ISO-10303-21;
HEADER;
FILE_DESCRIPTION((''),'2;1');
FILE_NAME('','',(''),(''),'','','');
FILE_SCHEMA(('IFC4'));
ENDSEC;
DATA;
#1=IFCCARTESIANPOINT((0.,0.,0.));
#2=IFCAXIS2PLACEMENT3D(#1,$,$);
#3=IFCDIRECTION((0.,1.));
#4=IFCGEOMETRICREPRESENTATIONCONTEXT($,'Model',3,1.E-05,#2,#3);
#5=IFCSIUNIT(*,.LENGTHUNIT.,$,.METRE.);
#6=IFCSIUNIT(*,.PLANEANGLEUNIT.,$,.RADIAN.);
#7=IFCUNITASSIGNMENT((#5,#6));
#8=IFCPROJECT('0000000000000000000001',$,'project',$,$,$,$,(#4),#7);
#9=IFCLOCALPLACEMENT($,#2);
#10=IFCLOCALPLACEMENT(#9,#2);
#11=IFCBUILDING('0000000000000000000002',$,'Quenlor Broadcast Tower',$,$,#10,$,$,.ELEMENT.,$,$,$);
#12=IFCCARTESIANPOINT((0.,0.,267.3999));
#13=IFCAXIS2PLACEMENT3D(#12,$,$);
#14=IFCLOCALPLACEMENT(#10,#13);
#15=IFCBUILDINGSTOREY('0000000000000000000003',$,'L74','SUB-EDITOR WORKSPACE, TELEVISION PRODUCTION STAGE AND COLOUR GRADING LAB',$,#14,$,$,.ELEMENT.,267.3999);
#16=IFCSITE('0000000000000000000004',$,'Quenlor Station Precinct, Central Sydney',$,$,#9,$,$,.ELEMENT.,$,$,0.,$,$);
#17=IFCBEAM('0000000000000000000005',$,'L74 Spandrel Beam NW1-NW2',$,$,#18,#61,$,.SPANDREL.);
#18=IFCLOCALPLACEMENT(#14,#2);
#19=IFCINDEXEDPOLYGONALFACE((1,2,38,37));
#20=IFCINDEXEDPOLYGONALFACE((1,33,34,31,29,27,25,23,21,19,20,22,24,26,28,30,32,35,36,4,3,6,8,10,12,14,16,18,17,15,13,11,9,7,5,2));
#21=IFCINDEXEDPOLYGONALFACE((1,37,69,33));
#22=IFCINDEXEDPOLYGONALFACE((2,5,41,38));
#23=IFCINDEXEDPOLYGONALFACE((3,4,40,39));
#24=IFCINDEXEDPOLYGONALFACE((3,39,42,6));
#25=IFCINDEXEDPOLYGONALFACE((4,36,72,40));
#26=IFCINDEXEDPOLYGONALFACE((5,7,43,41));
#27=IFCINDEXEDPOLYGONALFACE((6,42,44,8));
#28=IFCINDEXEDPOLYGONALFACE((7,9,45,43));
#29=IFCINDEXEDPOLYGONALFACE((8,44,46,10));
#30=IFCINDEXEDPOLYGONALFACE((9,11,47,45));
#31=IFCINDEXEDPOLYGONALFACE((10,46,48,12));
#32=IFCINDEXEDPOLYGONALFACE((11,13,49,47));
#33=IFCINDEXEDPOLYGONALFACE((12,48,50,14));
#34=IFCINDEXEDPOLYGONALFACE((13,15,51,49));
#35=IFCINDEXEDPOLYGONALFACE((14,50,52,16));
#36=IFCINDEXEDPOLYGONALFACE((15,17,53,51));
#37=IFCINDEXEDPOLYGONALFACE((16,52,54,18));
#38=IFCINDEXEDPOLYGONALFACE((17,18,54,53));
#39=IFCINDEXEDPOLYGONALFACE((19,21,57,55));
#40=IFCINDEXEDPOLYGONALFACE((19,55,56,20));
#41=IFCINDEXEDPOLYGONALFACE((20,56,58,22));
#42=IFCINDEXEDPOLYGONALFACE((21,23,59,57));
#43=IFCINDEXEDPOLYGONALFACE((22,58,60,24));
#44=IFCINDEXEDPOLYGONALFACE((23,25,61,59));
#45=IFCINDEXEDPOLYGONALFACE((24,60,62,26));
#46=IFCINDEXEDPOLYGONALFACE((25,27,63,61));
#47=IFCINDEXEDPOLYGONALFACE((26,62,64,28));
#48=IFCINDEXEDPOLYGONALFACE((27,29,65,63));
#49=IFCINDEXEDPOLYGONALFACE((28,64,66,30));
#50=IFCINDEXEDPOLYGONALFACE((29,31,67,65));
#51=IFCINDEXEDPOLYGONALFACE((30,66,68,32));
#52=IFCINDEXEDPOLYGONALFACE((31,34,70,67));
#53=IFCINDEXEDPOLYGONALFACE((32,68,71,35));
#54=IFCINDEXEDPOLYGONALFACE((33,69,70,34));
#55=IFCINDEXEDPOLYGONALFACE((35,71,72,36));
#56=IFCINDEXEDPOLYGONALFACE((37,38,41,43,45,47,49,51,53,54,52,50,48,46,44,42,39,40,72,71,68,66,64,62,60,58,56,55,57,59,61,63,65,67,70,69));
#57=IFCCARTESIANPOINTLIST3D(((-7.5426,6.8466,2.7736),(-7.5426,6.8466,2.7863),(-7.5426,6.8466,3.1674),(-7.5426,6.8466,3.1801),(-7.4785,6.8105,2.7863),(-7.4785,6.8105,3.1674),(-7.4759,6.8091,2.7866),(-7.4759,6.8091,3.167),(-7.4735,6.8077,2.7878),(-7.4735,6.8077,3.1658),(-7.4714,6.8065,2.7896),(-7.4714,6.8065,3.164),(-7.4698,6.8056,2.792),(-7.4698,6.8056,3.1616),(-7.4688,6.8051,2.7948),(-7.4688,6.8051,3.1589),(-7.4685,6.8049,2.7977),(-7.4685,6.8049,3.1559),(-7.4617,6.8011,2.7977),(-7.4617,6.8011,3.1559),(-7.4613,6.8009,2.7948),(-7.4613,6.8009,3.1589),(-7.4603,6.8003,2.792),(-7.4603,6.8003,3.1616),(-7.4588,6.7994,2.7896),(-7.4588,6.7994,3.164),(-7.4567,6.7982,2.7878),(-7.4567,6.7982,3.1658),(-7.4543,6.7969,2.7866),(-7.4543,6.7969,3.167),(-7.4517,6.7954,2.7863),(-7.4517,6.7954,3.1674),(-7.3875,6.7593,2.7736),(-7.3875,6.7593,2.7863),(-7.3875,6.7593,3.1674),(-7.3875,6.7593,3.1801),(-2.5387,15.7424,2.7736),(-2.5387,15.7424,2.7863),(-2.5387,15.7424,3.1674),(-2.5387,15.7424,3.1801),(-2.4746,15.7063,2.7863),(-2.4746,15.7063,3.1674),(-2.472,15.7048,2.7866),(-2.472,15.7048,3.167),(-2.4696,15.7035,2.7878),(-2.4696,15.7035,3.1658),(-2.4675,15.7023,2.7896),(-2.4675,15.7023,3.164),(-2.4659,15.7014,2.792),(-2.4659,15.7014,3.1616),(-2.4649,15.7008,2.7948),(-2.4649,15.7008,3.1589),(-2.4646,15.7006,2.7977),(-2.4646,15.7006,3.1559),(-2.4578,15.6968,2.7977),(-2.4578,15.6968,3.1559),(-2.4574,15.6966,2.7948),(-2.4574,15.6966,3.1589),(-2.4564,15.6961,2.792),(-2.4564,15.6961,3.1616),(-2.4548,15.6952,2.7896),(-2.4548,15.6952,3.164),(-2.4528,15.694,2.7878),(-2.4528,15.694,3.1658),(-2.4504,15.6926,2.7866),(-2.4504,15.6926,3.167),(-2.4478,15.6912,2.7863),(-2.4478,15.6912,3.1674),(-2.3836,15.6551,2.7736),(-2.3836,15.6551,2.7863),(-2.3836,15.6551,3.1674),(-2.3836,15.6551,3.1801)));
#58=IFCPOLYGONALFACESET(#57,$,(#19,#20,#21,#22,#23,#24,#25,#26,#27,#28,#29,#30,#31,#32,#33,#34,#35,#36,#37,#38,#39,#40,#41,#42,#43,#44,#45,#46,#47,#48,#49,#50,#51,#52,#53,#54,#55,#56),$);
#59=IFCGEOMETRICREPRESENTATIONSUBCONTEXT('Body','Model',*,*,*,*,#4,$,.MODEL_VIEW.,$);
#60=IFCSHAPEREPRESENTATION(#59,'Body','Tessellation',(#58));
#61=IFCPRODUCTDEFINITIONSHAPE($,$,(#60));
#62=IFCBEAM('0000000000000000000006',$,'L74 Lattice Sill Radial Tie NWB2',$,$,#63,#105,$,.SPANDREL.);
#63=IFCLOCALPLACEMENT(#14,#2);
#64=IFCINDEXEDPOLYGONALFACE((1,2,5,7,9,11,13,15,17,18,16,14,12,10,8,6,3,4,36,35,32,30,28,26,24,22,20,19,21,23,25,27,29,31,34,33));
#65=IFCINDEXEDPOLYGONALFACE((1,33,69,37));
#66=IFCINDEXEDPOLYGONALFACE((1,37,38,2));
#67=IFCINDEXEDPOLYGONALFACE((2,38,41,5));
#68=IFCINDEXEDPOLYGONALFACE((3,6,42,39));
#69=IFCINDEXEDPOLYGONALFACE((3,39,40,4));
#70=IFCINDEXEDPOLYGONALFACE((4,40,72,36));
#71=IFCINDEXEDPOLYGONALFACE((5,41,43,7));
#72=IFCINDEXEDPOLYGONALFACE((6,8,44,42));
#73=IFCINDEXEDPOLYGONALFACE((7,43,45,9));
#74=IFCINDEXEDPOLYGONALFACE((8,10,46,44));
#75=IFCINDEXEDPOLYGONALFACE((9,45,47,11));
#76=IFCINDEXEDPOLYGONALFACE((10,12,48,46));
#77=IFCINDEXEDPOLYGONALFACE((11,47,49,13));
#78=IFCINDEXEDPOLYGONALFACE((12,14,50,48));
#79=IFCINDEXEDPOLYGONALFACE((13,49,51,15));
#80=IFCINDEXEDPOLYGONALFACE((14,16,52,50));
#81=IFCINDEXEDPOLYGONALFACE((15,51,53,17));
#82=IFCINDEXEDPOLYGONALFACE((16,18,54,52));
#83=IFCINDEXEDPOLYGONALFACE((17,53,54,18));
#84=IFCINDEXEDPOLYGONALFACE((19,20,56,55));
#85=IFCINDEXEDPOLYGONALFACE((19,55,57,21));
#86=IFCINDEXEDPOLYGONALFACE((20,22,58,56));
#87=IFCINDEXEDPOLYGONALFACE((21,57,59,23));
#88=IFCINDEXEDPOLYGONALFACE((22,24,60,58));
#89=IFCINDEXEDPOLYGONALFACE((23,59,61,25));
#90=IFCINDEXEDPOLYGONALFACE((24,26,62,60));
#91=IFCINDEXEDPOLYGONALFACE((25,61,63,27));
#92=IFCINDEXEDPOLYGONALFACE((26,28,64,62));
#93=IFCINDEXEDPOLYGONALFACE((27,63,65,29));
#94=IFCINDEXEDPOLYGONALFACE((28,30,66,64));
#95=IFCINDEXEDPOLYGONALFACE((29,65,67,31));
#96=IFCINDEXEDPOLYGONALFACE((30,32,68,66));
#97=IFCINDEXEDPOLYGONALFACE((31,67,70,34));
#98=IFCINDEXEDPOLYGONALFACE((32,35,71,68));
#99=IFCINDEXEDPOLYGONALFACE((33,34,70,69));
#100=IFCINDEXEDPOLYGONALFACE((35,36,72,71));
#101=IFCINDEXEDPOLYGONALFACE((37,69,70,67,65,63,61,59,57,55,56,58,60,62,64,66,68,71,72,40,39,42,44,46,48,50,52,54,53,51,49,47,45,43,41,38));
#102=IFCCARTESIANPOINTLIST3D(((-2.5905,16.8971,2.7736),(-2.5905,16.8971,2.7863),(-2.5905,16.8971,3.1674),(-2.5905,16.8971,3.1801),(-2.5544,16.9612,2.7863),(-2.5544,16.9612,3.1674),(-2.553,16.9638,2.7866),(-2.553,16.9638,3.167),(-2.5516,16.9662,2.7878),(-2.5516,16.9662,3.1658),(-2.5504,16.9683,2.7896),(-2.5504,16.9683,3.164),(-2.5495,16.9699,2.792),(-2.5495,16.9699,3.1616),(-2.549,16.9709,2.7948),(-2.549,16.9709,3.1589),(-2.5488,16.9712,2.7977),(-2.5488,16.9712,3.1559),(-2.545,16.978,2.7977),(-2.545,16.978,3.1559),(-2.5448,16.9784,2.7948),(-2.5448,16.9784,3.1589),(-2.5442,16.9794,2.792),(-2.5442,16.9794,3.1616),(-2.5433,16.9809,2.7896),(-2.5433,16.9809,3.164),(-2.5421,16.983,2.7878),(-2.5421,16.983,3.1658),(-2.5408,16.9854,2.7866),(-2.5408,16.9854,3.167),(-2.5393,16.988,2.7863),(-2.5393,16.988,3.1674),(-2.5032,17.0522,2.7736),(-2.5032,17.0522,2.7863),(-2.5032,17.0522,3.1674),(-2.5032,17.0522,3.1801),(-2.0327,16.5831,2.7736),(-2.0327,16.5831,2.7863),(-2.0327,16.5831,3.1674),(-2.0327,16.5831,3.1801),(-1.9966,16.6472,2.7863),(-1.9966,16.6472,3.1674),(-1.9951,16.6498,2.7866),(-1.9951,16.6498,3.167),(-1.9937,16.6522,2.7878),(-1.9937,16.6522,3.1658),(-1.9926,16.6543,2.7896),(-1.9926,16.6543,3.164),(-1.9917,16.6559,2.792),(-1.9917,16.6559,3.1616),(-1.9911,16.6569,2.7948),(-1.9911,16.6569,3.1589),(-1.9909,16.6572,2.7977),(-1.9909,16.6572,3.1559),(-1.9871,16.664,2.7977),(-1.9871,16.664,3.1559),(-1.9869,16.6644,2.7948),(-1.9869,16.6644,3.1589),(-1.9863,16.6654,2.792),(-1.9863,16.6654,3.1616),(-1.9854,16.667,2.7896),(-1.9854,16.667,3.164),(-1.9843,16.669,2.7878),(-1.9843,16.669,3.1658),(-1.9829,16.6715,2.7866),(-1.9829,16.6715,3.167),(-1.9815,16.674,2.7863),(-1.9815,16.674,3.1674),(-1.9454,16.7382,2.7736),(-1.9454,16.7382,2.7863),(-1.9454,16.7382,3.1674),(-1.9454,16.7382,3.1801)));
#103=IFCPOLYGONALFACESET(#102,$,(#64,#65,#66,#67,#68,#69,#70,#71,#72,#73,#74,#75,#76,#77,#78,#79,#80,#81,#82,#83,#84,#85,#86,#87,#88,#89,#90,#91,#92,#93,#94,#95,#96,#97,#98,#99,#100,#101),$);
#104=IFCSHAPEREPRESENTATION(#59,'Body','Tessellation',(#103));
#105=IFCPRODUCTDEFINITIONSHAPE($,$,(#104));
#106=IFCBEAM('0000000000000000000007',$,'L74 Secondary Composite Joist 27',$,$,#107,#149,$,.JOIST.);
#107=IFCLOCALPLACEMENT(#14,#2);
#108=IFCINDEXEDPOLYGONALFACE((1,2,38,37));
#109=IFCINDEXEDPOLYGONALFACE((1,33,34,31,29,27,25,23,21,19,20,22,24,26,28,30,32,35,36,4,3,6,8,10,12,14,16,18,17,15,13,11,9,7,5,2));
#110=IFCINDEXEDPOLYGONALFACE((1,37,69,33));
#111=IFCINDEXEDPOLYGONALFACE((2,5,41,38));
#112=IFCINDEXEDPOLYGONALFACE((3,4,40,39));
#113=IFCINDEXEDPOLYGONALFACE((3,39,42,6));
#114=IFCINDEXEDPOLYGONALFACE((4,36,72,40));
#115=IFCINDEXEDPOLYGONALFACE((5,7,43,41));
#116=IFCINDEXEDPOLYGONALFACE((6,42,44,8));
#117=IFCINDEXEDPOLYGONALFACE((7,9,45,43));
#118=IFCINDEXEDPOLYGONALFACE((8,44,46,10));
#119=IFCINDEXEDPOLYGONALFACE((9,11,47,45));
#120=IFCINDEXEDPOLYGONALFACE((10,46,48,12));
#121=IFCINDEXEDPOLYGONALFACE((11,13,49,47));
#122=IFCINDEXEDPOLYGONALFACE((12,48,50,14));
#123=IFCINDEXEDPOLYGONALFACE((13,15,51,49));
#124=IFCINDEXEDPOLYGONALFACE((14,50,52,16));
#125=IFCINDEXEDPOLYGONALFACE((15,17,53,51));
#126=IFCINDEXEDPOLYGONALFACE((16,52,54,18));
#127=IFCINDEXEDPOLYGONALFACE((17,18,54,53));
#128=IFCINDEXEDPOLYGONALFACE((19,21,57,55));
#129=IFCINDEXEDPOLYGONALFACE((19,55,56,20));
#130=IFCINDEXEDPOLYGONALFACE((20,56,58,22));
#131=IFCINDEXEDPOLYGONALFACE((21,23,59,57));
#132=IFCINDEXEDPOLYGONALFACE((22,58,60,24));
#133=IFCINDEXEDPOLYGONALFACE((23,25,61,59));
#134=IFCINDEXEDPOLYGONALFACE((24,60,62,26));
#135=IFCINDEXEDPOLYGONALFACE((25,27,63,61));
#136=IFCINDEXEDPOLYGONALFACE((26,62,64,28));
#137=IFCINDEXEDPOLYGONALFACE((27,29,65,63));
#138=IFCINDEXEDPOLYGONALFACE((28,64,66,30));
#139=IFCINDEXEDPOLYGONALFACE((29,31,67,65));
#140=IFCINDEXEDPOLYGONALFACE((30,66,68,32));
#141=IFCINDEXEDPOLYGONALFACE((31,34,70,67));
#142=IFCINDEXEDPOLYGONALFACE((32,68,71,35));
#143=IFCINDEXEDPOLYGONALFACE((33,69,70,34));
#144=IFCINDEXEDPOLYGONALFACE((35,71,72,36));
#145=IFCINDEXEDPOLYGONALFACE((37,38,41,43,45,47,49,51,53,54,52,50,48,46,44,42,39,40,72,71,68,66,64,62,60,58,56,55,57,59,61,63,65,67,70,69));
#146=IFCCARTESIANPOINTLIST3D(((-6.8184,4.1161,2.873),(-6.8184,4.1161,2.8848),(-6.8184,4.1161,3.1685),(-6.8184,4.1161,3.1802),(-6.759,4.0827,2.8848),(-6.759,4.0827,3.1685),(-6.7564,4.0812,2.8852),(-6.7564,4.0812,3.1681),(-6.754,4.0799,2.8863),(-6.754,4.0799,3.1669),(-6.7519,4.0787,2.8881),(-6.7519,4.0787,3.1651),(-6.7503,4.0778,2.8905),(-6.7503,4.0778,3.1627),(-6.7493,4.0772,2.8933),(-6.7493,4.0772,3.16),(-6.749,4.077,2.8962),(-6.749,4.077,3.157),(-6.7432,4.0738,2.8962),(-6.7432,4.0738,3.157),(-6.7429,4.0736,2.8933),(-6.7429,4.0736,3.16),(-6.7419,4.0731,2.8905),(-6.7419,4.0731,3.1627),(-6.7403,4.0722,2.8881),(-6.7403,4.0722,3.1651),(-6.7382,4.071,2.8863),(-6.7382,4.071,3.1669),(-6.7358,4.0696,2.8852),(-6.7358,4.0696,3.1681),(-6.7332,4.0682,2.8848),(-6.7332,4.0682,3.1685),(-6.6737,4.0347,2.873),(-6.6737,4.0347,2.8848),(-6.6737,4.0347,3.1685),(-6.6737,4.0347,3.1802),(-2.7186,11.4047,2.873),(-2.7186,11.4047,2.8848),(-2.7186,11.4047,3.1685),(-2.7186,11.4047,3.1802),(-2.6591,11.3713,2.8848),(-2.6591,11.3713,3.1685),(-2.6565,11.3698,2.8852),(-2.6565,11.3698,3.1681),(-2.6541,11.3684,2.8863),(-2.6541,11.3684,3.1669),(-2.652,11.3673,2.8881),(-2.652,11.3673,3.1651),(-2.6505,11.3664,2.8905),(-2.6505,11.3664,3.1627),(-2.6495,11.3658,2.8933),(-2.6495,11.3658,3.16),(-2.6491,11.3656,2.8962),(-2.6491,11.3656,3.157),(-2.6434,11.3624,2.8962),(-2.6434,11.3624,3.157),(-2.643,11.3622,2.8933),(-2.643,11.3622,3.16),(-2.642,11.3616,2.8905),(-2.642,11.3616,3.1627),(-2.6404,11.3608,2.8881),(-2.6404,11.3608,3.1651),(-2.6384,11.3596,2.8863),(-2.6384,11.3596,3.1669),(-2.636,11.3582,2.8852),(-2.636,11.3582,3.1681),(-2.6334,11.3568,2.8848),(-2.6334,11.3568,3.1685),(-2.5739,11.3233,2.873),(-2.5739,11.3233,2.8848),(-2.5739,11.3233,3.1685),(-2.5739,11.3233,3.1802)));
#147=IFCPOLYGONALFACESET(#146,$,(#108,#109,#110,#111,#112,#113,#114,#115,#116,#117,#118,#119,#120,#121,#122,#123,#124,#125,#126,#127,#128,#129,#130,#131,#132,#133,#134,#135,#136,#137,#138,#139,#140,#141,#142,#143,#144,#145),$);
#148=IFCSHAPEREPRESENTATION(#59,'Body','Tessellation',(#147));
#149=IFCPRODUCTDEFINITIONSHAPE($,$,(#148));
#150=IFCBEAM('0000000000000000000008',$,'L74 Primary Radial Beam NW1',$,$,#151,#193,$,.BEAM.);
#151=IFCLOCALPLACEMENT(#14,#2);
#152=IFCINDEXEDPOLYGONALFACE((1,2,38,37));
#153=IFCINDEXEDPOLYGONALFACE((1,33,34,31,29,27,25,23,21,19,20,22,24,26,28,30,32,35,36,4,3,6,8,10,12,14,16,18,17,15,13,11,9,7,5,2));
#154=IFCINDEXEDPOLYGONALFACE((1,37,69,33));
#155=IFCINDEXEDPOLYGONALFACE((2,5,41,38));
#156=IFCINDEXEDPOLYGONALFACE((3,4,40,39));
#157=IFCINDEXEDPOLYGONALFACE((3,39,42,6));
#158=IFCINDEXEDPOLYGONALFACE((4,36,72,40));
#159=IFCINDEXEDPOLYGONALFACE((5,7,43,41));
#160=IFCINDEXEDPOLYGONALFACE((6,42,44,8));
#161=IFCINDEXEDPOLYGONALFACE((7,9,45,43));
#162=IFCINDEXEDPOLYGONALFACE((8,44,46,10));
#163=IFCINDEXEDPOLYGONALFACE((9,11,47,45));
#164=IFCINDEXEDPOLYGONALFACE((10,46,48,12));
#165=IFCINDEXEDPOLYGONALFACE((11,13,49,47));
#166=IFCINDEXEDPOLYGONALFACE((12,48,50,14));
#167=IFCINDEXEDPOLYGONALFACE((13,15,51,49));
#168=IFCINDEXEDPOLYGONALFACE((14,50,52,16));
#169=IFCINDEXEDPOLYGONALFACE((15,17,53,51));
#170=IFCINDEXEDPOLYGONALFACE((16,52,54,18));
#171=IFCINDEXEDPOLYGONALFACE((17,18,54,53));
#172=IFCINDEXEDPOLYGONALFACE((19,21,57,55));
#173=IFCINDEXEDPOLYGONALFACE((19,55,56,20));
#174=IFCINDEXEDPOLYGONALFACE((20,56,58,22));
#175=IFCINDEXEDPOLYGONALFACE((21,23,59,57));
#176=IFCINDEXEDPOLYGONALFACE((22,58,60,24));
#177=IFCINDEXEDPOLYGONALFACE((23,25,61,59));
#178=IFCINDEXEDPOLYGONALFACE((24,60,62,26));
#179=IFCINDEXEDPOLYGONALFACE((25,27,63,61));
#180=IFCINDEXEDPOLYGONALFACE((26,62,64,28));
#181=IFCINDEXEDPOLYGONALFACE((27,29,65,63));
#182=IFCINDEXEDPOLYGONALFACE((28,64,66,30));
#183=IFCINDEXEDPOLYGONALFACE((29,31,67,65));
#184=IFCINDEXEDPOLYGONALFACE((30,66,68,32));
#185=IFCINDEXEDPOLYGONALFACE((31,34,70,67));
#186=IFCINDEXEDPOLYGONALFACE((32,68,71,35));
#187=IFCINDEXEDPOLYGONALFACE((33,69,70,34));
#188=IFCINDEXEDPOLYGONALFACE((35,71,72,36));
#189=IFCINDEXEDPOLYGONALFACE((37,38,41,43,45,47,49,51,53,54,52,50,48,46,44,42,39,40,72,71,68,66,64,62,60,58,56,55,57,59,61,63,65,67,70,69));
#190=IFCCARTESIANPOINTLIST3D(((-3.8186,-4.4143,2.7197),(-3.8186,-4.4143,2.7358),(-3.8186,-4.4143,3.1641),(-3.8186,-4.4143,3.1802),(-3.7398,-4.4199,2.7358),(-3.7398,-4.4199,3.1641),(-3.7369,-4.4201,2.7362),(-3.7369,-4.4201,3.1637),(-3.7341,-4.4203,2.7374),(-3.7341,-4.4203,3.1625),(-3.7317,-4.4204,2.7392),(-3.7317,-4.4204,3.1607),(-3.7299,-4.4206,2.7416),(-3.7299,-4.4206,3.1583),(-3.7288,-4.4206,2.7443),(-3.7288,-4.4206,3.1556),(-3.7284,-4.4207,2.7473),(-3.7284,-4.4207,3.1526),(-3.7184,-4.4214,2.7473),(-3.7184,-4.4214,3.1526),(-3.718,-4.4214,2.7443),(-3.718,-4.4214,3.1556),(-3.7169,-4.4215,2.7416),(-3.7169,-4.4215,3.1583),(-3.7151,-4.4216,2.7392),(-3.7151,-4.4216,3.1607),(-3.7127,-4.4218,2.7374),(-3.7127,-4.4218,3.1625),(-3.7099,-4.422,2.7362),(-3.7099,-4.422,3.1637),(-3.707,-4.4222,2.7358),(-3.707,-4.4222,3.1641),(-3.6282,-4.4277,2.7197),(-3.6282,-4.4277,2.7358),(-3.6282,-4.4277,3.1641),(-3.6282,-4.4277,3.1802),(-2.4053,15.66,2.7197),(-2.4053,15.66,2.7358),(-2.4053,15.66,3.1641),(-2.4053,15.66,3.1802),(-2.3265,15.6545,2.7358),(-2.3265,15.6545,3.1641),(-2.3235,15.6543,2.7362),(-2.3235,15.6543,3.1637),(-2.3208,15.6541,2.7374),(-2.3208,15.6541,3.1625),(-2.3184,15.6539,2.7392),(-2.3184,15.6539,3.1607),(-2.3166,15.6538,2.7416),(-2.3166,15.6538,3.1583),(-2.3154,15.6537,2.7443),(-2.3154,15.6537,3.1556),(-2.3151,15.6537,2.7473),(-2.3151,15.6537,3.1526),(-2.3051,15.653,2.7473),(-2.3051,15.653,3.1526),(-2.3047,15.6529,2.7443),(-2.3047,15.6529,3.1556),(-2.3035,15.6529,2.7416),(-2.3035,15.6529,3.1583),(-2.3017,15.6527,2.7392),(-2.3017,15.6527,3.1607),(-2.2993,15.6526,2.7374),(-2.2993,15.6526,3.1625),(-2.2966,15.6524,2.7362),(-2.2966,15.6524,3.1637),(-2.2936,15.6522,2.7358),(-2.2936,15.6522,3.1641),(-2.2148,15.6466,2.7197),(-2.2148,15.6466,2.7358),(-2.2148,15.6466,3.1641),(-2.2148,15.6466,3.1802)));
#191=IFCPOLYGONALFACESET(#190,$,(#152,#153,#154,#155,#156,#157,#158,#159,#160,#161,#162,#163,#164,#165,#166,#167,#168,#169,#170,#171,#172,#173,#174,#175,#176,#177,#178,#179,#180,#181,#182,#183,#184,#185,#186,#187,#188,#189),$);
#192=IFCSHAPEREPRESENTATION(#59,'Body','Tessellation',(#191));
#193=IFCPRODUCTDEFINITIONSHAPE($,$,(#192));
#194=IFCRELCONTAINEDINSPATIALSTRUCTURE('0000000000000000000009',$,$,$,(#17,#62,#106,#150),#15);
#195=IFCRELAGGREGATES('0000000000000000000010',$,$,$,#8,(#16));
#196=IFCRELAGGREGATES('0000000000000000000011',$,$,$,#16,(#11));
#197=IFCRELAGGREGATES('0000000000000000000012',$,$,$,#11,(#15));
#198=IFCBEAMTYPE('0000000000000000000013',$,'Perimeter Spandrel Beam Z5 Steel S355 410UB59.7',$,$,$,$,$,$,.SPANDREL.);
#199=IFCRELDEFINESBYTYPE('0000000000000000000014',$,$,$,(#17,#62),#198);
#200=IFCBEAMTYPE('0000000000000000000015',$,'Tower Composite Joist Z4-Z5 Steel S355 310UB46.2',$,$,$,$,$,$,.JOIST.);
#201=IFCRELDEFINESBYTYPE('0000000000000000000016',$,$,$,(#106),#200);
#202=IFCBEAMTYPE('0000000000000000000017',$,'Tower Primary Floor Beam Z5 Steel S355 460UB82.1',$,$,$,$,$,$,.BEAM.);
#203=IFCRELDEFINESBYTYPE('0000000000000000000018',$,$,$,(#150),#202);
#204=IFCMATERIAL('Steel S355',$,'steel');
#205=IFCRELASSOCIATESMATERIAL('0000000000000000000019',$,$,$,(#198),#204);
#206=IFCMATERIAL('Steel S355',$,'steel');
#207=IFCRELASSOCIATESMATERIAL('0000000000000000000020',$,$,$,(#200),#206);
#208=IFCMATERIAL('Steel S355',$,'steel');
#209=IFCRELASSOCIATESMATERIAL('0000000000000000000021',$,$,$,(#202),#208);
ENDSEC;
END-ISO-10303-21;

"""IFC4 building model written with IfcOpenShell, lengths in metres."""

from ifc_helpers import new_model, si_unit, direction, frame, origin, origin_2d, place, context, subcontext, project, spatial, i_section, extrude, material, material_profile, profile_set, type_object, element, save


model = new_model("IFC4")

# Units and contexts
model_context = context("Model", 3, precision=1e-05, world=origin(), true_north=direction((0.0, 1.0)))
body_context = subcontext(model_context, "Body", "Model", "MODEL_VIEW")
ifc_project = project(units=[si_unit("LENGTHUNIT", "METRE"), si_unit("PLANEANGLEUNIT", "RADIAN")], contexts=[model_context])

# Site, building, storey
site_placement = place(None, origin())
site = spatial("IfcSite", under=ifc_project, at=site_placement, Name="Quenlor Station Precinct, Central Sydney", CompositionType="ELEMENT", RefElevation=0.0)
building_placement = place(site_placement, origin())
building = spatial("IfcBuilding", under=site, at=building_placement, Name="Quenlor Broadcast Tower", CompositionType="ELEMENT")
storey_placement = place(building_placement, frame((0.0, 0.0, 267.3999)))
storey = spatial("IfcBuildingStorey", under=building, at=storey_placement, Name="L74", Description="SUB-EDITOR WORKSPACE, TELEVISION PRODUCTION STAGE AND COLOUR GRADING LAB", CompositionType="ELEMENT", Elevation=267.3999)

# Beams
ifc_material_1 = material(Name="Steel S355", Category="steel")
ifc_material_profile_1 = material_profile(ifc_material_1, i_section(OverallWidth=0.178, OverallDepth=0.4065, WebThickness=0.0078, FlangeThickness=0.0127, FilletRadius=0.0115, at=origin_2d()))
ifc_profile_set_1 = profile_set([ifc_material_profile_1], Name="Steel S355 410UB59.7")
beam_type_1 = type_object("IfcBeamType", Name="Perimeter Spandrel Beam Z5 Steel S355 410UB59.7", PredefinedType="SPANDREL", material=ifc_profile_set_1)
beam_1_placement = place(storey_placement, frame((-2.4612, 15.6987, 2.9768), z_axis=(-0.490265, -0.871574, 0.0), x_axis=(0.871574, -0.490265, 0.0)))
element("IfcBeam", 1, at=beam_1_placement, inside=storey, type_object=beam_type_1, Name="L74 Spandrel Beam NW1-NW2", PredefinedType="SPANDREL", context=body_context, shape_type="SweptSolid", body=[
    extrude(i_section(OverallWidth=0.178, OverallDepth=0.4065, WebThickness=0.0078, FlangeThickness=0.0127, FilletRadius=0.0115, at=origin_2d()), origin(), (0.0, 0.0, 1.0), 10.2065),
])
beam_2_placement = place(storey_placement, frame((-1.989, 16.6606, 2.9768), z_axis=(-0.871463, 0.49046, 0.0), x_axis=(-0.49046, -0.871463, 0.0)))
element("IfcBeam", 2, at=beam_2_placement, inside=storey, type_object=beam_type_1, Name="L74 Lattice Sill Radial Tie NWB2", PredefinedType="SPANDREL", context=body_context, shape_type="SweptSolid", body=[
    extrude(i_section(OverallWidth=0.178, OverallDepth=0.4065, WebThickness=0.0078, FlangeThickness=0.0127, FilletRadius=0.0115, at=origin_2d()), origin(), (0.0, 0.0, 1.0), 0.6401),
])
ifc_material_2 = material(Name="Steel S355", Category="steel")
ifc_material_profile_2 = material_profile(ifc_material_2, i_section(OverallWidth=0.166, OverallDepth=0.3071, WebThickness=0.0066, FlangeThickness=0.0117, FilletRadius=0.0115, at=origin_2d()))
ifc_profile_set_2 = profile_set([ifc_material_profile_2], Name="Steel S355 310UB46.2")
beam_type_2 = type_object("IfcBeamType", Name="Tower Composite Joist Z4-Z5 Steel S355 310UB46.2", PredefinedType="JOIST", material=ifc_profile_set_2)
beam_3_placement = place(storey_placement, frame((-2.6462, 11.364, 3.0266), z_axis=(-0.490264, -0.871574, 0.0), x_axis=(0.871574, -0.490264, 0.0)))
element("IfcBeam", 3, at=beam_3_placement, inside=storey, type_object=beam_type_2, Name="L74 Secondary Composite Joist 27", PredefinedType="JOIST", context=body_context, shape_type="SweptSolid", body=[
    extrude(i_section(OverallWidth=0.166, OverallDepth=0.3071, WebThickness=0.0066, FlangeThickness=0.0117, FilletRadius=0.0115, at=origin_2d()), origin(), (0.0, 0.0, 1.0), 8.3625),
])
ifc_material_3 = material(Name="Steel S355", Category="steel")
ifc_material_profile_3 = material_profile(ifc_material_3, i_section(OverallWidth=0.1909, OverallDepth=0.4604, WebThickness=0.01, FlangeThickness=0.0161, FilletRadius=0.0115, at=origin_2d()))
ifc_profile_set_3 = profile_set([ifc_material_profile_3], Name="Steel S355 460UB82.1")
beam_type_3 = type_object("IfcBeamType", Name="Tower Primary Floor Beam Z5 Steel S355 460UB82.1", PredefinedType="BEAM", material=ifc_profile_set_3)
beam_4_placement = place(storey_placement, frame((-2.3101, 15.6533, 2.95), z_axis=(-0.070231, -0.997531, 0.0), x_axis=(0.997531, -0.070231, 0.0)))
element("IfcBeam", 4, at=beam_4_placement, inside=storey, type_object=beam_type_3, Name="L74 Primary Radial Beam NW1", PredefinedType="BEAM", context=body_context, shape_type="SweptSolid", body=[
    extrude(i_section(OverallWidth=0.1909, OverallDepth=0.4604, WebThickness=0.01, FlangeThickness=0.0161, FilletRadius=0.0115, at=origin_2d()), origin(), (0.0, 0.0, 1.0), 20.124),
])

save(model, "model.ifc")
